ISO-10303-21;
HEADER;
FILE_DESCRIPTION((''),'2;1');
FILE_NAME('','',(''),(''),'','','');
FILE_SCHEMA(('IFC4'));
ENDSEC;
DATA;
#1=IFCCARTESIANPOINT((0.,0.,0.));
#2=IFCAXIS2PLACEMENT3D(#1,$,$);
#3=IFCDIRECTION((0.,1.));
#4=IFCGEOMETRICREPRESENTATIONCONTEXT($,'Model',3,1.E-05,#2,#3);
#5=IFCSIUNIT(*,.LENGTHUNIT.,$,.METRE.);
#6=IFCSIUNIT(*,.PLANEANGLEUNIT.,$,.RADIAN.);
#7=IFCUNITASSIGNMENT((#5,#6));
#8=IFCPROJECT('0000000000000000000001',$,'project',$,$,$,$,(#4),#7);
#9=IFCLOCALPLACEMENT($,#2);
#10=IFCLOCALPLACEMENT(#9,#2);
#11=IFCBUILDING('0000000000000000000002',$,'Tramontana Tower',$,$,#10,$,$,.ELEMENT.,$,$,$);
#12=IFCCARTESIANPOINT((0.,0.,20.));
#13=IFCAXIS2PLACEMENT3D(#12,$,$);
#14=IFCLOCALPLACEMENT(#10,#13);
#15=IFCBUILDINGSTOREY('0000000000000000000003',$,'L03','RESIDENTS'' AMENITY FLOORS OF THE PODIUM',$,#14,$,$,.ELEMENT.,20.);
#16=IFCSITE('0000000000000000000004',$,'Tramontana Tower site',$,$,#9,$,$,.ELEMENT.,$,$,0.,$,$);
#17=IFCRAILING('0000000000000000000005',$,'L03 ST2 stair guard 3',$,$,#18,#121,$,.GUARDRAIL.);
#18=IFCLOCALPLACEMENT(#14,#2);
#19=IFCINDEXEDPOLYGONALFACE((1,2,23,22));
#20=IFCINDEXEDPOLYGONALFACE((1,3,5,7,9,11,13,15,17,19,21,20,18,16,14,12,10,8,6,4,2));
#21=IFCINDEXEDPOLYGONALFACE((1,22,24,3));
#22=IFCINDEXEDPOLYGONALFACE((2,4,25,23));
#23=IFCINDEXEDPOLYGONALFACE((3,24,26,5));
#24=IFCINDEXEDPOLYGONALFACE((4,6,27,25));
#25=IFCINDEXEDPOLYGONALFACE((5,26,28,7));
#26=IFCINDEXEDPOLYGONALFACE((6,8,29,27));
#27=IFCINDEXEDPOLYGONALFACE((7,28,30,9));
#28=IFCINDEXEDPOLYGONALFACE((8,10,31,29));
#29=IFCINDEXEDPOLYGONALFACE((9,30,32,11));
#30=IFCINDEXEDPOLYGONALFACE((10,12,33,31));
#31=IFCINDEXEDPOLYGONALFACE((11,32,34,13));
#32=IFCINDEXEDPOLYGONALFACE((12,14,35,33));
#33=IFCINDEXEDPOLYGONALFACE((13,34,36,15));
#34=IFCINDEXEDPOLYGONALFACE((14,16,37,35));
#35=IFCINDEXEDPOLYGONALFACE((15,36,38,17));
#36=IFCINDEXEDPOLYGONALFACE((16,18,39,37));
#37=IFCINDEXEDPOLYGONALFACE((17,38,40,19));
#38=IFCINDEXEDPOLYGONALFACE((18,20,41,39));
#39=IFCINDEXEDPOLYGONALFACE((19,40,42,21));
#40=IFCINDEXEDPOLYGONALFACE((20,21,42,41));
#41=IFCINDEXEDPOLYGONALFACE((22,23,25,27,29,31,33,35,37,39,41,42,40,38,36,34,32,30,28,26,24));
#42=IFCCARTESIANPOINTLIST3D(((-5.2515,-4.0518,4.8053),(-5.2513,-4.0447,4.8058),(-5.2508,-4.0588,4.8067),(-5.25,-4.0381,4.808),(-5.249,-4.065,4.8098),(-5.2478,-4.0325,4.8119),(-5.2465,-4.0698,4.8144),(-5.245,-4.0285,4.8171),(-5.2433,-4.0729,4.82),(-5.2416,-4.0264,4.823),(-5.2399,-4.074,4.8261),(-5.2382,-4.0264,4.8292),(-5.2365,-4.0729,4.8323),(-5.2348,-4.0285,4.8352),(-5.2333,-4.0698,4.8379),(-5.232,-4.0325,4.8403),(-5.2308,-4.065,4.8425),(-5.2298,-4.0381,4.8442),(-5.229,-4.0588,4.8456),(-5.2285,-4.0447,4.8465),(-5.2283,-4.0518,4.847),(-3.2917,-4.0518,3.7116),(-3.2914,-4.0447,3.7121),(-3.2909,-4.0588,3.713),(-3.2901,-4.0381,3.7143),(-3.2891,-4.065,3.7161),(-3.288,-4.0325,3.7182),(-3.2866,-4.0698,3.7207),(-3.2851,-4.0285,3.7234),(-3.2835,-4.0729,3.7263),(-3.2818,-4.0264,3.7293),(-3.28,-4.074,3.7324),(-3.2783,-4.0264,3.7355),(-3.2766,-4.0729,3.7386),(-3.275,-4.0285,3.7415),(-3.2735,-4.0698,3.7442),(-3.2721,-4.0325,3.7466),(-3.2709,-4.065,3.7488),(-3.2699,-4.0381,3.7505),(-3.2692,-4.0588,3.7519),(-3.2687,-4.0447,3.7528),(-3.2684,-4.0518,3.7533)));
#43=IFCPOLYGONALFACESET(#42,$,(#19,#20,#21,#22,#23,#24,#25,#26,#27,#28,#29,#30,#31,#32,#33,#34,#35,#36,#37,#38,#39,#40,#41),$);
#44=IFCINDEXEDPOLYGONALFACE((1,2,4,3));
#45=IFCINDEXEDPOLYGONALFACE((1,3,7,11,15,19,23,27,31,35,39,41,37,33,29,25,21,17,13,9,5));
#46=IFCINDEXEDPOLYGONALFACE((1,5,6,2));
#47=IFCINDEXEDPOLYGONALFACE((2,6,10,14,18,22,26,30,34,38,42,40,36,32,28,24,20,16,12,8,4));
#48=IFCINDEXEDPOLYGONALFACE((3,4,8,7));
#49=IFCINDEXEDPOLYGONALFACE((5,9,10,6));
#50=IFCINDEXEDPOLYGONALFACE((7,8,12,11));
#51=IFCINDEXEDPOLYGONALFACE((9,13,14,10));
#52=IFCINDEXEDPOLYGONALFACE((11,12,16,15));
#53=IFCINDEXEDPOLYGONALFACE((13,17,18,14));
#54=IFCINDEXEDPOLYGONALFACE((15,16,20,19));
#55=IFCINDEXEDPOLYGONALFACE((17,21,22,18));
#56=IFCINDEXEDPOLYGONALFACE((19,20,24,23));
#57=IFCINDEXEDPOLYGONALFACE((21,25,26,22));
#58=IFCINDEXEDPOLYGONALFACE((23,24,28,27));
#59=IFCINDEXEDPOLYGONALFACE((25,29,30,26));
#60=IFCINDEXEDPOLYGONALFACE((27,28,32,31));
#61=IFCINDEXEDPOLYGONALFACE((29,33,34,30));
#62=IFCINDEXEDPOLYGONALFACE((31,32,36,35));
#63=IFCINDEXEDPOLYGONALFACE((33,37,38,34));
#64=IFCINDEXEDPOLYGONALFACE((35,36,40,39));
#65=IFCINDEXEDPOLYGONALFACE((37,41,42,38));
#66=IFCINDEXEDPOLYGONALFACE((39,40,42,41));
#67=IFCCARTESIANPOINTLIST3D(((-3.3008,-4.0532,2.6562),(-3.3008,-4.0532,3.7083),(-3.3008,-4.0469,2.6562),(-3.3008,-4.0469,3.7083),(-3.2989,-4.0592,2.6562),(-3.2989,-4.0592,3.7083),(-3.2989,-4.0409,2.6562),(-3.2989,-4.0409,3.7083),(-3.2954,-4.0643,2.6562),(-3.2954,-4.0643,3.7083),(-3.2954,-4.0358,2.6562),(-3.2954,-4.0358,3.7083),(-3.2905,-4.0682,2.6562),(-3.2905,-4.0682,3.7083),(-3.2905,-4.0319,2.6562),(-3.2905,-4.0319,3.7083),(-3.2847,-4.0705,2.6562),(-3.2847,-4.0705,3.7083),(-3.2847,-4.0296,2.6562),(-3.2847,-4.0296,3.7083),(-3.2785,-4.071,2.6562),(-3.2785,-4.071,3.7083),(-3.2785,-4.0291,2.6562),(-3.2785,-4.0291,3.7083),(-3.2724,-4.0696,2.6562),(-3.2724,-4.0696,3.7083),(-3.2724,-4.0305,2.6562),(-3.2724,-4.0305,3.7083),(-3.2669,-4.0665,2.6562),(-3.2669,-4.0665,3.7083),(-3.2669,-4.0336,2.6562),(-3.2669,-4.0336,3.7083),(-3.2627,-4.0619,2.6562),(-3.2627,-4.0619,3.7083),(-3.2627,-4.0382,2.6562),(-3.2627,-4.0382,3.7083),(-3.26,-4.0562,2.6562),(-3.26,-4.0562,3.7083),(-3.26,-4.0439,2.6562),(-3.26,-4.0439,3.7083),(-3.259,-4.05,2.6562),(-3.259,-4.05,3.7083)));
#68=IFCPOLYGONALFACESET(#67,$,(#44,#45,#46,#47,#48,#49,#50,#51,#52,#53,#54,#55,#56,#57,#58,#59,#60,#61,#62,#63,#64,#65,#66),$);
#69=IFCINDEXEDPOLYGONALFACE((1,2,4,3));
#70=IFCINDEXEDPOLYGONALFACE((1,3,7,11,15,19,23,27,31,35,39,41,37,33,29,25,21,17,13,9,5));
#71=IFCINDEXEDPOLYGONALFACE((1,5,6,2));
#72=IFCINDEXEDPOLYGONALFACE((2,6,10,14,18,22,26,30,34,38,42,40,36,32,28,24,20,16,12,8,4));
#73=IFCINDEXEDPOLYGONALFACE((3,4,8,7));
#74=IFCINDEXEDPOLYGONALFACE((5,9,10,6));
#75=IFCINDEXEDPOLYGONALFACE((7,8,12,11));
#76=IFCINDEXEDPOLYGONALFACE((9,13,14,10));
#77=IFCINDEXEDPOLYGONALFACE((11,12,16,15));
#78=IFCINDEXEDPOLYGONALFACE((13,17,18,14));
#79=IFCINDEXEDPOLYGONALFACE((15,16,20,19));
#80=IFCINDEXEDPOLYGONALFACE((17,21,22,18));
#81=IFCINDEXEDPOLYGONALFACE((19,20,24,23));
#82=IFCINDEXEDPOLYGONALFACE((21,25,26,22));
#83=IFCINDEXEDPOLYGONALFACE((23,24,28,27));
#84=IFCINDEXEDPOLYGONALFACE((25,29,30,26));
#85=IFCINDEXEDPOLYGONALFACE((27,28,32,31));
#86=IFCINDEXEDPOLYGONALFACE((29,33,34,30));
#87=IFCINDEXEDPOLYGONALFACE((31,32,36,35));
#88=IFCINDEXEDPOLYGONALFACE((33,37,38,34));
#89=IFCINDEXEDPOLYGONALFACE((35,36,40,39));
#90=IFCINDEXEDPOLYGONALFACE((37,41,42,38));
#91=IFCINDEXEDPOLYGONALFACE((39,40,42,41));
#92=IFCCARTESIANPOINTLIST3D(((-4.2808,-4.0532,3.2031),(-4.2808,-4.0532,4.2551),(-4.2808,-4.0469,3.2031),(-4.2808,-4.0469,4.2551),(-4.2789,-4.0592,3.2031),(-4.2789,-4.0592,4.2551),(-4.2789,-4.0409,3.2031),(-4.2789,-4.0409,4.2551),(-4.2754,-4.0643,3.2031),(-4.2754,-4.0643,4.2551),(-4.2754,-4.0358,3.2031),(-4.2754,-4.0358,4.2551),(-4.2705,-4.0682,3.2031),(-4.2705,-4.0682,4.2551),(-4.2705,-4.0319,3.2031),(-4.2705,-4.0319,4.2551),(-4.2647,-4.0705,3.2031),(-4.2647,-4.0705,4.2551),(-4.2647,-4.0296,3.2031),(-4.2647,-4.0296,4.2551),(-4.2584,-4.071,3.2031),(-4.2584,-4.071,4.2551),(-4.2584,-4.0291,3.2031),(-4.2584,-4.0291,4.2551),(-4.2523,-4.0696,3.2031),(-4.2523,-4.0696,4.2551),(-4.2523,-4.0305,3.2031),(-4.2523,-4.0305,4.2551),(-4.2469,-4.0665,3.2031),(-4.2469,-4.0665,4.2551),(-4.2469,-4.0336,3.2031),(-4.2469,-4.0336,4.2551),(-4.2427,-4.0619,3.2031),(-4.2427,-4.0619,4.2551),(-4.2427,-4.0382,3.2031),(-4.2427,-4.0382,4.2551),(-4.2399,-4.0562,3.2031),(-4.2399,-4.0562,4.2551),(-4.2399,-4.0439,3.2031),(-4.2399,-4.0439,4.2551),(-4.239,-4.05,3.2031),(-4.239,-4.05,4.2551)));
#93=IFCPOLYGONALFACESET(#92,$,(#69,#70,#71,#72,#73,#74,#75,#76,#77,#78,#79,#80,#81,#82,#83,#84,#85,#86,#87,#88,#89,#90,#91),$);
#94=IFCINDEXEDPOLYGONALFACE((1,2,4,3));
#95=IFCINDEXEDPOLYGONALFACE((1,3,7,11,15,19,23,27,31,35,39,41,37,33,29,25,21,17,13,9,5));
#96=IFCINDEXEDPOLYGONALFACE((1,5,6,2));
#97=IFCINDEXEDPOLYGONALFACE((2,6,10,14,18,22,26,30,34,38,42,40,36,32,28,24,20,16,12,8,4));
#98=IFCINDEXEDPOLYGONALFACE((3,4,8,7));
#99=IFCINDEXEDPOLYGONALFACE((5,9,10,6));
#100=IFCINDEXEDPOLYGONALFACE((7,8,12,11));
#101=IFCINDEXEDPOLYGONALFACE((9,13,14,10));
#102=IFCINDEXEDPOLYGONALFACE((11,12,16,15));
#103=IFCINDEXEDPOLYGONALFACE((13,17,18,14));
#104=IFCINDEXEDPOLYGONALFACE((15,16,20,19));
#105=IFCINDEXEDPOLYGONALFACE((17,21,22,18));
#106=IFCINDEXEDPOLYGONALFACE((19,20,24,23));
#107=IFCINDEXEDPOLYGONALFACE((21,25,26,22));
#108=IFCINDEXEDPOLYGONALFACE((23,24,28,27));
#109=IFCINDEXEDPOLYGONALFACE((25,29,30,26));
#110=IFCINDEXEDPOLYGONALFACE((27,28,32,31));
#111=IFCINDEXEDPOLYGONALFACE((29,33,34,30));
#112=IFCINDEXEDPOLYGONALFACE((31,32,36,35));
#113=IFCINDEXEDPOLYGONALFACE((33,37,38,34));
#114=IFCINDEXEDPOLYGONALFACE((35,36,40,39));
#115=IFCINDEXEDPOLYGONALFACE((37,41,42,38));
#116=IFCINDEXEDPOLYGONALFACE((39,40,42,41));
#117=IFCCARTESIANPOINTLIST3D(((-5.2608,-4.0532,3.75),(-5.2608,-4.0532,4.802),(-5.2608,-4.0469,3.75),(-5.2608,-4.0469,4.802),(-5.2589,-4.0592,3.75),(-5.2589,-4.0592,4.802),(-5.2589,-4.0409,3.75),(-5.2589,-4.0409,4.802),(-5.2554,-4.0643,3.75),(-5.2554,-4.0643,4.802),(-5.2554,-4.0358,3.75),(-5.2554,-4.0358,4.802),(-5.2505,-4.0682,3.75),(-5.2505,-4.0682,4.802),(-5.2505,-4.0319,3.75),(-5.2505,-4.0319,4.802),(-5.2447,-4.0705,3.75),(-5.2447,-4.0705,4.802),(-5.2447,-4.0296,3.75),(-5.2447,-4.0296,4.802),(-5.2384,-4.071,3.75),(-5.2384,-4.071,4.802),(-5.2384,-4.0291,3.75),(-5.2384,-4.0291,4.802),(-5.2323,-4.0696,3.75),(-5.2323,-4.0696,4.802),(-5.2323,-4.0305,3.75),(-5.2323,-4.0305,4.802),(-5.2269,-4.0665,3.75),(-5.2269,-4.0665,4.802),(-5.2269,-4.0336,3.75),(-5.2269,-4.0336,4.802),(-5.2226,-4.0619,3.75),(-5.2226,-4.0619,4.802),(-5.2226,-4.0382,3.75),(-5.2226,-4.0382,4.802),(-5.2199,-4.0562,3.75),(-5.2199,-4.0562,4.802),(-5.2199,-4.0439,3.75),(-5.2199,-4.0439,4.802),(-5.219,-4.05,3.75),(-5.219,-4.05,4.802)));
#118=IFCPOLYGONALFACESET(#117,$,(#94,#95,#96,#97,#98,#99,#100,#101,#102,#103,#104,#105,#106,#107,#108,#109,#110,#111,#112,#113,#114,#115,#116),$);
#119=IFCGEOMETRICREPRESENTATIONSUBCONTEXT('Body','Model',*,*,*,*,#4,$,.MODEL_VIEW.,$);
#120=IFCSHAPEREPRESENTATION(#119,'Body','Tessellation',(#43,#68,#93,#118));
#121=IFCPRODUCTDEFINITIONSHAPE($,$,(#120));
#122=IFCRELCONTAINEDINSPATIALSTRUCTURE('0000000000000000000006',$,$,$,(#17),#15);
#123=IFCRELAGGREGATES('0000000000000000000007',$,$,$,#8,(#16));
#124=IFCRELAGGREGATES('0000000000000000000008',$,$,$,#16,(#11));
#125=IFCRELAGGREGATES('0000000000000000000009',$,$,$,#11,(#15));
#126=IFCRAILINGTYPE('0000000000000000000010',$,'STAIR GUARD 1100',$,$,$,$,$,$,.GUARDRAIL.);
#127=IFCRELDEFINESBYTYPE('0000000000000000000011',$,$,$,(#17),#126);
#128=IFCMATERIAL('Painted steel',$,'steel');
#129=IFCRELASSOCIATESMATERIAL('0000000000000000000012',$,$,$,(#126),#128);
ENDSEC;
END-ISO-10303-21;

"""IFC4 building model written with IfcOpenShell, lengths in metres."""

from ifc_helpers import new_model, si_unit, direction, frame, origin, origin_2d, place, context, subcontext, project, spatial, circle, extrude, material, type_object, element, save


model = new_model("IFC4")

# Units and contexts
model_context = context("Model", 3, precision=1e-05, world=origin(), true_north=direction((0.0, 1.0)))
body_context = subcontext(model_context, "Body", "Model", "MODEL_VIEW")
ifc_project = project(units=[si_unit("LENGTHUNIT", "METRE"), si_unit("PLANEANGLEUNIT", "RADIAN")], contexts=[model_context])

# Site, building, storey
site_placement = place(None, origin())
site = spatial("IfcSite", under=ifc_project, at=site_placement, Name="Tramontana Tower site", CompositionType="ELEMENT", RefElevation=0.0)
building_placement = place(site_placement, origin())
building = spatial("IfcBuilding", under=site, at=building_placement, Name="Tramontana Tower", CompositionType="ELEMENT")
storey_placement = place(building_placement, frame((0.0, 0.0, 20.0)))
storey = spatial("IfcBuildingStorey", under=building, at=storey_placement, Name="L03", Description="RESIDENTS' AMENITY FLOORS OF THE PODIUM", CompositionType="ELEMENT", Elevation=20.0)

# Railing
ifc_material_1 = material(Name="Painted steel", Category="steel")
railing_type_1 = type_object("IfcRailingType", Name="STAIR GUARD 1100", PredefinedType="GUARDRAIL", material=ifc_material_1)
railing_1_placement = place(storey_placement, frame((-3.28, -4.05, 2.6562)))
element("IfcRailing", 1, at=railing_1_placement, inside=storey, type_object=railing_type_1, Name="L03 ST2 stair guard 3", PredefinedType="GUARDRAIL", context=body_context, shape_type="SweptSolid", body=[
    extrude(circle(Radius=0.0239, at=origin_2d()), frame((0.0, 0.0, 1.0762), z_axis=(-0.873232, 0.0, 0.487304), x_axis=(0.0, -1.0, 0.0)), (0.0, 0.0, 1.0), 2.2444),
    extrude(circle(Radius=0.021, at=origin_2d()), origin(), (0.0, 0.0, 1.0), 1.052),
    extrude(circle(Radius=0.021, at=origin_2d()), frame((-0.98, 0.0, 0.5469)), (0.0, 0.0, 1.0), 1.052),
    extrude(circle(Radius=0.021, at=origin_2d()), frame((-1.96, 0.0, 1.0938)), (0.0, 0.0, 1.0), 1.052),
])

save(model, "model.ifc")
